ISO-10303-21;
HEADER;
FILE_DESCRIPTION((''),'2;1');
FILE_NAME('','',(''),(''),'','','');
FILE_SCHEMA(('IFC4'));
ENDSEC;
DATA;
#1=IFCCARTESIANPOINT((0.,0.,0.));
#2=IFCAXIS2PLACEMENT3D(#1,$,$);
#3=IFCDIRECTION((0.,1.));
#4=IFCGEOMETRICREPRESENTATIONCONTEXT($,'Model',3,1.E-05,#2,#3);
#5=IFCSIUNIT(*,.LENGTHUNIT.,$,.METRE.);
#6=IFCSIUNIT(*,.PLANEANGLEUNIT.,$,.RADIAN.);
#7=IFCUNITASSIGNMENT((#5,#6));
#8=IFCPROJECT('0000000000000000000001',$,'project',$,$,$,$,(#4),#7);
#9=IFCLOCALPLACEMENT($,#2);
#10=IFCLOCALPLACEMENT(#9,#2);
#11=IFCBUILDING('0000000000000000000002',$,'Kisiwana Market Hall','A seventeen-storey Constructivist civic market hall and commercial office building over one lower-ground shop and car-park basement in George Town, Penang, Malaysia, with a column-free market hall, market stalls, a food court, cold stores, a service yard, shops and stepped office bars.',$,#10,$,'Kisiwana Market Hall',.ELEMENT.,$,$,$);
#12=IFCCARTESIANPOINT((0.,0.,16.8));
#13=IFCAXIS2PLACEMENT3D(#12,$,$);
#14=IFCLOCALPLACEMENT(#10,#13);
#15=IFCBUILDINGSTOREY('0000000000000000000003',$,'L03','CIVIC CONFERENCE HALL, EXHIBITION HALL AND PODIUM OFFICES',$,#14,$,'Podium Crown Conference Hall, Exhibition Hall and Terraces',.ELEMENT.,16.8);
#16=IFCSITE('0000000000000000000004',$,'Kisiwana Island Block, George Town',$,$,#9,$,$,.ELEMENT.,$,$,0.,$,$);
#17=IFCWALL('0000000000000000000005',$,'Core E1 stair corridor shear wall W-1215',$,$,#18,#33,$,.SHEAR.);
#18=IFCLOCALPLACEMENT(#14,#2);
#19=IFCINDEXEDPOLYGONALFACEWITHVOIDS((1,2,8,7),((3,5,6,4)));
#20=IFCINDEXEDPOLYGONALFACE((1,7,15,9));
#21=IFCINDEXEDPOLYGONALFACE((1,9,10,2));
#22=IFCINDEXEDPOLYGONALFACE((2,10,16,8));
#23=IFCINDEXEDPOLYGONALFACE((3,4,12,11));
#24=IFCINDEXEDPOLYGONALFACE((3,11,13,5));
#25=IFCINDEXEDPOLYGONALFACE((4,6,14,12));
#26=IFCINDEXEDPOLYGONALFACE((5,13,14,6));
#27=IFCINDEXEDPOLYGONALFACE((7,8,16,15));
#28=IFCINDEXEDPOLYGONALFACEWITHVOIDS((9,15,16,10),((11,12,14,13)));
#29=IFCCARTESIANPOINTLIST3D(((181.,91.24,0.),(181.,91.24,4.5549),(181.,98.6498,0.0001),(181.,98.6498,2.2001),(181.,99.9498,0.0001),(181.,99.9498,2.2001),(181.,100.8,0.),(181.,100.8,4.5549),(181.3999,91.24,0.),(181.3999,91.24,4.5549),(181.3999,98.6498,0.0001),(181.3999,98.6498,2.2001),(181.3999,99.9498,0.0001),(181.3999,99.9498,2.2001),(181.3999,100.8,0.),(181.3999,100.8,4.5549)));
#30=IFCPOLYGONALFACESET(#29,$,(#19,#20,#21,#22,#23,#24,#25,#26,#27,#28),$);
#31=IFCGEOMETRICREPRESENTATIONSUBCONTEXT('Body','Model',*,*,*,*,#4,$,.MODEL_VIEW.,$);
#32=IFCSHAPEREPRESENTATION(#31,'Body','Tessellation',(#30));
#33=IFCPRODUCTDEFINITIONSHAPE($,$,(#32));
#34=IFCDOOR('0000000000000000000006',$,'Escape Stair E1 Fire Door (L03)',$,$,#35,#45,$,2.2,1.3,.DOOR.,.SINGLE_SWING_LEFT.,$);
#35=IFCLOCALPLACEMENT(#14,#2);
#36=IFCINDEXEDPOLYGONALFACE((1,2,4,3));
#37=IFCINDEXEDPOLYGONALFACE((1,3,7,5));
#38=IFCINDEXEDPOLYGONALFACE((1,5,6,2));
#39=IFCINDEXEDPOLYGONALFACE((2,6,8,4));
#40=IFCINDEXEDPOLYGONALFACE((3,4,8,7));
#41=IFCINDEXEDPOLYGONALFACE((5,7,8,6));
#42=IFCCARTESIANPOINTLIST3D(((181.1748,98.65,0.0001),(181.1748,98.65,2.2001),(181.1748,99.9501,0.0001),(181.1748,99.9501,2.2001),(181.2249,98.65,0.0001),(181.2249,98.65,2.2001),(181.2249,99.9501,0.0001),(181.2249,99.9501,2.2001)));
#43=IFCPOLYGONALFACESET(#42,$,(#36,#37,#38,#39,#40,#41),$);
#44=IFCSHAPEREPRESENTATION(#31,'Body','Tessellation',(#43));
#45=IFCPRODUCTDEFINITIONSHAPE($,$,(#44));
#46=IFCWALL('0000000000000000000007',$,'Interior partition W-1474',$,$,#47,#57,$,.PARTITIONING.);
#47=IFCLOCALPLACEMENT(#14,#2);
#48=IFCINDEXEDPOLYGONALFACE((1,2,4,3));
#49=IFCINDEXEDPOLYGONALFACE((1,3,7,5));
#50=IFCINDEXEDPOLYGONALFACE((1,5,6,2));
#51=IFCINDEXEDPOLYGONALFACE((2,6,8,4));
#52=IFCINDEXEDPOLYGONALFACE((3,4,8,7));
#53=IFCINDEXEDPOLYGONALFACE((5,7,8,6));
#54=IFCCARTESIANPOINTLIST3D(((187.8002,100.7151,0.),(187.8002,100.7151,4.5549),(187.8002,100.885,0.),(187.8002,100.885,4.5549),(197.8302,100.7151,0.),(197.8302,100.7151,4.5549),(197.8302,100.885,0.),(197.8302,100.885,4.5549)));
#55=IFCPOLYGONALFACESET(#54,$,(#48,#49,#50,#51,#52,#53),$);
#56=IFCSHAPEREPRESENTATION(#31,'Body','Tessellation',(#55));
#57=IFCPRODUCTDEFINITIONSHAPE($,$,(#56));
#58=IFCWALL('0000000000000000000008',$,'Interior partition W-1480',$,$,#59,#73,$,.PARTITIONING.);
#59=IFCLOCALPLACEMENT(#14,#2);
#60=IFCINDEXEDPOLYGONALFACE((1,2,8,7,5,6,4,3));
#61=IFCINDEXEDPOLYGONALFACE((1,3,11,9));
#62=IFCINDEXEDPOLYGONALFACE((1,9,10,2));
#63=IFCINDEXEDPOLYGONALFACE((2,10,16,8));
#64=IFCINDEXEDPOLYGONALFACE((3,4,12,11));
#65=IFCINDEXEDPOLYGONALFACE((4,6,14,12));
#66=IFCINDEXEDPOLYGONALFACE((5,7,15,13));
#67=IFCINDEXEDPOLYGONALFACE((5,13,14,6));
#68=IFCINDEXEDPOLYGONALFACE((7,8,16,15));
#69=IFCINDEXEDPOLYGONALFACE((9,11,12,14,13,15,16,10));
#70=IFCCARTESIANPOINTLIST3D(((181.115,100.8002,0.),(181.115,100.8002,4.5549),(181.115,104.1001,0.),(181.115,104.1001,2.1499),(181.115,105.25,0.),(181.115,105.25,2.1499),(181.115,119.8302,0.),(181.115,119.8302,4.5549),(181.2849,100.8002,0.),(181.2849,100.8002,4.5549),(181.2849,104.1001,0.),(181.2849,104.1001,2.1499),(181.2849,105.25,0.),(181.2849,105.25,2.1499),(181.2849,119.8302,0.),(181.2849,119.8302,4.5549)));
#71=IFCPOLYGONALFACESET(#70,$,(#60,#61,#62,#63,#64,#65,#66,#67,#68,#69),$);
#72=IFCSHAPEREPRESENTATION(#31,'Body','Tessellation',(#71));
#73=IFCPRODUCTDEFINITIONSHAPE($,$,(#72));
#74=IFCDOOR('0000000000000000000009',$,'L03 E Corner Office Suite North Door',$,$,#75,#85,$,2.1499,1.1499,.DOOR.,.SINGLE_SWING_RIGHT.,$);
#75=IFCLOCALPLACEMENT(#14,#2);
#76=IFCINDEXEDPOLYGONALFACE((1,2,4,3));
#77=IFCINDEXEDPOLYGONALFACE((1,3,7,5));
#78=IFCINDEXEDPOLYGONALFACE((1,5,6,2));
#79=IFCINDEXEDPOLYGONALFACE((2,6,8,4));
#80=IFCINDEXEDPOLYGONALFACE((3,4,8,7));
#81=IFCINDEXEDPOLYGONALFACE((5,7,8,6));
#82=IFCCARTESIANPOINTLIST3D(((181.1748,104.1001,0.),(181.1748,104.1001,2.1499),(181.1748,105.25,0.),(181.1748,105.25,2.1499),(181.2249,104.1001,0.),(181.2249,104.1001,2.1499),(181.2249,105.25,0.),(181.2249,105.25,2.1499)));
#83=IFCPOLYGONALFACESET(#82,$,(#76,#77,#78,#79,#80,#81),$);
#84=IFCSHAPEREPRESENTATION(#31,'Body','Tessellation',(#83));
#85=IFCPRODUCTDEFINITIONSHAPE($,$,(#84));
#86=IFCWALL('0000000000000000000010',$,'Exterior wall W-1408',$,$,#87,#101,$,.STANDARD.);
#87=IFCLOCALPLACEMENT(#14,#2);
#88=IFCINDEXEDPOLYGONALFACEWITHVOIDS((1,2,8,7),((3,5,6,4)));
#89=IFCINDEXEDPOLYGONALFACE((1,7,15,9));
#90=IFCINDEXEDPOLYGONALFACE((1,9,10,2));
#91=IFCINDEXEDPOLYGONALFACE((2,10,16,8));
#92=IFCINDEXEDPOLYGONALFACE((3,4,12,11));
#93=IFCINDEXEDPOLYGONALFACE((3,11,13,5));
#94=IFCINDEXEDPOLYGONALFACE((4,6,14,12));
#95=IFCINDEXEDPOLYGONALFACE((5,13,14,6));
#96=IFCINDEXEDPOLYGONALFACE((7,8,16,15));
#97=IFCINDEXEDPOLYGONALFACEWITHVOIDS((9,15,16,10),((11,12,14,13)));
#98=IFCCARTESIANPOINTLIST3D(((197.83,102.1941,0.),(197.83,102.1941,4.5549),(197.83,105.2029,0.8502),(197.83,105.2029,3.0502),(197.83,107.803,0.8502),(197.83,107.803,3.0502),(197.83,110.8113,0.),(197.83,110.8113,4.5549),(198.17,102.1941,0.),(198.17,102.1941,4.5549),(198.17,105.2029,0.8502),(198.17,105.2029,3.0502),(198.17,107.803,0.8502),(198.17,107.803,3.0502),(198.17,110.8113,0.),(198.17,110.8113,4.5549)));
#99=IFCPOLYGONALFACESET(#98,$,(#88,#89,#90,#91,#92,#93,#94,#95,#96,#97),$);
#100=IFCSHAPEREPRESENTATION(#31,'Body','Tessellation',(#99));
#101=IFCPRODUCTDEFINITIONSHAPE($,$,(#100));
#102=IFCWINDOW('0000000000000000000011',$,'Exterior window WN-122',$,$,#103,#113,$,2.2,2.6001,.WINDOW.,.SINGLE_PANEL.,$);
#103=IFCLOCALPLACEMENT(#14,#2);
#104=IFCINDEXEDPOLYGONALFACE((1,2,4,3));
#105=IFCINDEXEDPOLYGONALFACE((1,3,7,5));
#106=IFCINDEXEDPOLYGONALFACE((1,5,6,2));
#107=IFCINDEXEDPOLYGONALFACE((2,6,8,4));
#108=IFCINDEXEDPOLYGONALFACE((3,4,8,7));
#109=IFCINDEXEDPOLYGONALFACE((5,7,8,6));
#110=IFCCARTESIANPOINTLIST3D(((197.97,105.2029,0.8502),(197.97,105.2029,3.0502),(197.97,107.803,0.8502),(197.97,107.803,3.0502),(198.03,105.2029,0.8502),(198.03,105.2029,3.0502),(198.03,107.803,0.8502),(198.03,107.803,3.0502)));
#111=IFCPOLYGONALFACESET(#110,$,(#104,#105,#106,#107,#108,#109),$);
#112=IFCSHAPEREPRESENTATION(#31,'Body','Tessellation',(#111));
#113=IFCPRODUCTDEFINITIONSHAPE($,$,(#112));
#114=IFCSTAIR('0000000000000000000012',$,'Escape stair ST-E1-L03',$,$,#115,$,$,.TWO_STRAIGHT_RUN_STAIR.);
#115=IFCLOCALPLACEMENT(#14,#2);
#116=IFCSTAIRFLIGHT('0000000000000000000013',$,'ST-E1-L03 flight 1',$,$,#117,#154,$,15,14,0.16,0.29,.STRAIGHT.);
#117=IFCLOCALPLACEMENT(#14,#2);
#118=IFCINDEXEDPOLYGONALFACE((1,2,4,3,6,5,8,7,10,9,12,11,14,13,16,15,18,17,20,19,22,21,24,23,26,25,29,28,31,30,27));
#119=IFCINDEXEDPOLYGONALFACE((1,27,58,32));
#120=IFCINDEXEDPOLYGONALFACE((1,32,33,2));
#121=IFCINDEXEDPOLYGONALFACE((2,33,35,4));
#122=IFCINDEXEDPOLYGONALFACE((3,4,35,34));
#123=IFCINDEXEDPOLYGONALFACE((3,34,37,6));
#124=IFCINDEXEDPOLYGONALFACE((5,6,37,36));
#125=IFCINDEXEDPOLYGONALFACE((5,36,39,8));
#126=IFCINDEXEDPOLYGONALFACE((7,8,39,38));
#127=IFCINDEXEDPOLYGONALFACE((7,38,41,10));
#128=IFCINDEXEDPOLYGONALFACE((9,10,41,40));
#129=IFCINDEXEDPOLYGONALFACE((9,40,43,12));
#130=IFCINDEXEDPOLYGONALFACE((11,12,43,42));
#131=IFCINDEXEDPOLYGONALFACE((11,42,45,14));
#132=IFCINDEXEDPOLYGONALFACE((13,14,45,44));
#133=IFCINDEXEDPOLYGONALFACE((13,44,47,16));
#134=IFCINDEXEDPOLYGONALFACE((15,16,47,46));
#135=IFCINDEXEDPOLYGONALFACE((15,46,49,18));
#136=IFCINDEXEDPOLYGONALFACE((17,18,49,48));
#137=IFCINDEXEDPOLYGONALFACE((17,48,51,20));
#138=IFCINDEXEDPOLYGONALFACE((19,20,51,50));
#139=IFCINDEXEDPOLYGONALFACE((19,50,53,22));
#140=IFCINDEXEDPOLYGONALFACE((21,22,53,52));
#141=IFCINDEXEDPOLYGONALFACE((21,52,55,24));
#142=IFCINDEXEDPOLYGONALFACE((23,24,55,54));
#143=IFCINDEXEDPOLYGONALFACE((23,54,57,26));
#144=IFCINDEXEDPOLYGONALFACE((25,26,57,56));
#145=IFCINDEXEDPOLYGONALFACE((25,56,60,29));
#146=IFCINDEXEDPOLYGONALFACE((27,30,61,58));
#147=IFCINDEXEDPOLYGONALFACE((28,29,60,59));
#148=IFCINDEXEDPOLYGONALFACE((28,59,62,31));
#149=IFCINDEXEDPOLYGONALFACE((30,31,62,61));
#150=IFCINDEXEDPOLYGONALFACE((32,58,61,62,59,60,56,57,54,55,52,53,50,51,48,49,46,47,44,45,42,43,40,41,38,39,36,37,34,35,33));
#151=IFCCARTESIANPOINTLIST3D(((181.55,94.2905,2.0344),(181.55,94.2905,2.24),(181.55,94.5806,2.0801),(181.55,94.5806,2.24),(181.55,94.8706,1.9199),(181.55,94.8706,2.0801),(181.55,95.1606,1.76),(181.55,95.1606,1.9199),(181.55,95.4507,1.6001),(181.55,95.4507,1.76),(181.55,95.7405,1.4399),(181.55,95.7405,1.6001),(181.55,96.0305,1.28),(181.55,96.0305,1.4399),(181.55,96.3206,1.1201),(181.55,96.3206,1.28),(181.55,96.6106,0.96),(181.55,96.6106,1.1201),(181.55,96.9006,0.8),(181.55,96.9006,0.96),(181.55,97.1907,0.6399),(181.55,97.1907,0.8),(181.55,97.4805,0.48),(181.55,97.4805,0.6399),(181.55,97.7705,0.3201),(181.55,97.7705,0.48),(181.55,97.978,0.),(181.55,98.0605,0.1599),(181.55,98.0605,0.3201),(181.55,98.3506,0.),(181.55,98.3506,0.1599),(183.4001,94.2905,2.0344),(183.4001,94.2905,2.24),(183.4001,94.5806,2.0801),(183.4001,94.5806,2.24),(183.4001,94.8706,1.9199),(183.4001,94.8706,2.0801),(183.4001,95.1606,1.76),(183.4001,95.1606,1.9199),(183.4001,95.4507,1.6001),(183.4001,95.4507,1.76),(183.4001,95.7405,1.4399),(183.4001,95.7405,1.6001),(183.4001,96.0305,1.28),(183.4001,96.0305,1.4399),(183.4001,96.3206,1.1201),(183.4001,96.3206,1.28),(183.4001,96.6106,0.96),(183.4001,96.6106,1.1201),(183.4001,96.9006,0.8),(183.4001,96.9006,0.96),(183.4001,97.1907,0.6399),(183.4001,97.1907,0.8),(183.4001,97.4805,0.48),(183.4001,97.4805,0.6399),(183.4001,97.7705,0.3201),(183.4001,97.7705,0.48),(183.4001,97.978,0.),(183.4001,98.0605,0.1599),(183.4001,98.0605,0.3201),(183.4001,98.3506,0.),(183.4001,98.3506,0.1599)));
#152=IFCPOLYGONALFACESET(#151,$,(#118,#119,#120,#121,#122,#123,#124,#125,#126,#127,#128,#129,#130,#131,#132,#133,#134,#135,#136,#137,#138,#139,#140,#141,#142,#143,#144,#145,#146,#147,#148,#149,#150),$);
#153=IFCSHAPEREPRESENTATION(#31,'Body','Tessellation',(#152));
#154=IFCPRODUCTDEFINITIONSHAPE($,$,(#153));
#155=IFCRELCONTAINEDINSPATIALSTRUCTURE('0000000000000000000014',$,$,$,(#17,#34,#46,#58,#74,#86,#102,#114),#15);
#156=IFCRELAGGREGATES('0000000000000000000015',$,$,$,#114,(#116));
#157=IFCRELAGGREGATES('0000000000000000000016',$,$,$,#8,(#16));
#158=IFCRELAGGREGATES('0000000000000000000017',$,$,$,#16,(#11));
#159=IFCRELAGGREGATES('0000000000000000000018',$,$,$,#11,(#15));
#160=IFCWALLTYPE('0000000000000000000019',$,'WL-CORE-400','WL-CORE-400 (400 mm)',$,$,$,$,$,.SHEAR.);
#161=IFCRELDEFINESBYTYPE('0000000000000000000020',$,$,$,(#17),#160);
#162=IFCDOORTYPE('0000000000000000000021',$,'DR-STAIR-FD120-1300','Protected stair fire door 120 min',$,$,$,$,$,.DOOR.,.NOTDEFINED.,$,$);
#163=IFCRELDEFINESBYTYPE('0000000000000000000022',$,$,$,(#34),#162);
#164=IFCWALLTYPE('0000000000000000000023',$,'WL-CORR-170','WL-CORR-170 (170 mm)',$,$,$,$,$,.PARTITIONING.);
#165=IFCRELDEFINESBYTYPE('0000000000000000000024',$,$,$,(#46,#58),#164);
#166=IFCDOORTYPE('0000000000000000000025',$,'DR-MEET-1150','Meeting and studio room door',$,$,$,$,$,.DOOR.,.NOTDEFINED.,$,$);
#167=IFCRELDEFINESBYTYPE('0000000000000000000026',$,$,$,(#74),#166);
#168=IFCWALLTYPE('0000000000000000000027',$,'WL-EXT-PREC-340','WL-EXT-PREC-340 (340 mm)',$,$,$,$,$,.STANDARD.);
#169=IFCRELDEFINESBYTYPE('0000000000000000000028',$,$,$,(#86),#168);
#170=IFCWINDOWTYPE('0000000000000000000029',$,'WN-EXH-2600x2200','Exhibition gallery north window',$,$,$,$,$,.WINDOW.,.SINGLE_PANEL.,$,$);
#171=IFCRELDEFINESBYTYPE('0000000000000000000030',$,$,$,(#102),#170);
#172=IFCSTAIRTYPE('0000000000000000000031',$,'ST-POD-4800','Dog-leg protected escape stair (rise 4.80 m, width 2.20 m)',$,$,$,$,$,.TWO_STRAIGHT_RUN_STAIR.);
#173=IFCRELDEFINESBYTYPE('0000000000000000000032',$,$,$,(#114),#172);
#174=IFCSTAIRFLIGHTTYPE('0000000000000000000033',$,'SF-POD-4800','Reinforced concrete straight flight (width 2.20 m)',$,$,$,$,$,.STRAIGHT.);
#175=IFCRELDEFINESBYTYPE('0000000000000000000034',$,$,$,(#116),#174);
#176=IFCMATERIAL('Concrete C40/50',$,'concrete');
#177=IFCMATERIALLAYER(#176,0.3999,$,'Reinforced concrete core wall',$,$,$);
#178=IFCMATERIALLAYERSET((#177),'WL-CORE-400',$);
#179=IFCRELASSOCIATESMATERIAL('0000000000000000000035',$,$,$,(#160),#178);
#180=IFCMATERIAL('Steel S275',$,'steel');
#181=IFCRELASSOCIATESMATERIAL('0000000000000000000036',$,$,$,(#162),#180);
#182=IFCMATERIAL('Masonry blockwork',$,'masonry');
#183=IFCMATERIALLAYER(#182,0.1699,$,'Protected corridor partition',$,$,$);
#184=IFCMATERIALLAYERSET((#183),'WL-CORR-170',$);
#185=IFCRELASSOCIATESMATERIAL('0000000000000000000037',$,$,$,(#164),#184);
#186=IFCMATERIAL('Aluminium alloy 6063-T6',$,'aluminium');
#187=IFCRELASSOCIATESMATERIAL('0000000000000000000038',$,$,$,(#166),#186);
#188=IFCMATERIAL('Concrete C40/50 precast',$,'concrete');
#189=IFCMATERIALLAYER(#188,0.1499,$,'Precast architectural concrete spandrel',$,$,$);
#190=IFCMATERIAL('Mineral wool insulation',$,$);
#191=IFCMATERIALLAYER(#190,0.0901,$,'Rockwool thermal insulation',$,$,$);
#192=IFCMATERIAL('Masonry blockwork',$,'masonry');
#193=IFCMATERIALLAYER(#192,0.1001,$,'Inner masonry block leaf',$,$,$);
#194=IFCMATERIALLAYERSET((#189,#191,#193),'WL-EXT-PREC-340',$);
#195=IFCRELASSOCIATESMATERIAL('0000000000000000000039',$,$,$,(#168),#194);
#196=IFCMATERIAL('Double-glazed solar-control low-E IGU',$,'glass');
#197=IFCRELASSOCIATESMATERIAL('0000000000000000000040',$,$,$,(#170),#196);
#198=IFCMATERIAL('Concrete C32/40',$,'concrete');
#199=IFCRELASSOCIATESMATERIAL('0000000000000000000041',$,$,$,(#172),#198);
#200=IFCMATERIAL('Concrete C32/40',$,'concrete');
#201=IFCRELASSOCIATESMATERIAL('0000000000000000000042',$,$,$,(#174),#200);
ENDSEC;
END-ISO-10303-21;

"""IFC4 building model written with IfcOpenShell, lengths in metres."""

from ifc_helpers import new_model, si_unit, direction, frame, frame_2d, origin, place, context, subcontext, project, spatial, polyline, rectangle, outline, extrude, material, layer, layer_set, type_object, element, fill, aggregate, save


model = new_model("IFC4")

# Units and contexts
model_context = context("Model", 3, precision=1e-05, world=origin(), true_north=direction((0.0, 1.0)))
body_context = subcontext(model_context, "Body", "Model", "MODEL_VIEW")
ifc_project = project(units=[si_unit("LENGTHUNIT", "METRE"), si_unit("PLANEANGLEUNIT", "RADIAN")], contexts=[model_context])

# Site, building, storey
site_placement = place(None, origin())
site = spatial("IfcSite", under=ifc_project, at=site_placement, Name="Kisiwana Island Block, George Town", CompositionType="ELEMENT", RefElevation=0.0)
building_placement = place(site_placement, origin())
building = spatial("IfcBuilding", under=site, at=building_placement, Name="Kisiwana Market Hall", Description="A seventeen-storey Constructivist civic market hall and commercial office building over one lower-ground shop and car-park basement in George Town, Penang, Malaysia, with a column-free market hall, market stalls, a food court, cold stores, a service yard, shops and stepped office bars.", LongName="Kisiwana Market Hall", CompositionType="ELEMENT")
storey_placement = place(building_placement, frame((0.0, 0.0, 16.8)))
storey = spatial("IfcBuildingStorey", under=building, at=storey_placement, Name="L03", Description="CIVIC CONFERENCE HALL, EXHIBITION HALL AND PODIUM OFFICES", LongName="Podium Crown Conference Hall, Exhibition Hall and Terraces", CompositionType="ELEMENT", Elevation=16.8)

# Shared definitions
ifc_material_1 = material(Name="Concrete C40/50", Category="concrete")
ifc_layer_1 = layer(ifc_material_1, 0.3999, Name="Reinforced concrete core wall")
ifc_layer_set_1 = layer_set([ifc_layer_1], Name="WL-CORE-400")
wall_type_1 = type_object("IfcWallType", Name="WL-CORE-400", Description="WL-CORE-400 (400 mm)", PredefinedType="SHEAR", material=ifc_layer_set_1)

# Wall, opening, door
wall_1_placement = place(storey_placement, frame((181.2, 91.24, 0.0), z_axis=(0.0, 0.0, 1.0), x_axis=(0.0, 1.0, 0.0)))
wall_1 = element("IfcWall", 1, at=wall_1_placement, inside=storey, type_object=wall_type_1, Name="Core E1 stair corridor shear wall W-1215", PredefinedType="SHEAR", context=body_context, shape_type="SweptSolid", body=[
    extrude(rectangle(XDim=9.5601, YDim=0.3999, at=frame_2d((4.78, 0.0))), origin(), (0.0, 0.0, 1.0), 4.5549),
])
opening_1_placement = place(wall_1_placement, frame((7.4099, 0.0, 0.0)))
opening_1 = element("IfcOpeningElement", 2, at=opening_1_placement, cuts=wall_1, PredefinedType="OPENING", context=body_context, shape_type="SweptSolid", body=[
    extrude(rectangle(XDim=1.3, YDim=2.2, at=frame_2d((0.6499, 1.1001))), frame((0.0, 0.2119, 0.0), z_axis=(0.0, -1.0, 0.0), x_axis=(1.0, 0.0, 0.0)), (0.0, 0.0, 1.0), 0.4238),
])
ifc_material_2 = material(Name="Steel S275", Category="steel")
door_type_1 = type_object("IfcDoorType", Name="DR-STAIR-FD120-1300", Description="Protected stair fire door 120 min", OperationType="NOTDEFINED", PredefinedType="DOOR", material=ifc_material_2)
door_1_placement = place(opening_1_placement, frame((1.3, 0.0, 0.0), z_axis=(0.0, 0.0, 1.0), x_axis=(-1.0, 0.0, 0.0)))
door_1 = element("IfcDoor", 3, at=door_1_placement, inside=storey, type_object=door_type_1, Name="Escape Stair E1 Fire Door (L03)", OperationType="SINGLE_SWING_LEFT", OverallHeight=2.2, OverallWidth=1.3, PredefinedType="DOOR", context=body_context, shape_type="SweptSolid", body=[
    extrude(rectangle(XDim=1.3, YDim=2.2, at=frame_2d((0.6499, 1.1001))), frame((0.0, 0.0249, 0.0), z_axis=(0.0, -1.0, 0.0), x_axis=(1.0, 0.0, 0.0)), (0.0, 0.0, 1.0), 0.05),
])
fill(opening_1, door_1)

# Wall
ifc_material_3 = material(Name="Masonry blockwork", Category="masonry")
ifc_layer_2 = layer(ifc_material_3, 0.1699, Name="Protected corridor partition")
ifc_layer_set_2 = layer_set([ifc_layer_2], Name="WL-CORR-170")
wall_type_2 = type_object("IfcWallType", Name="WL-CORR-170", Description="WL-CORR-170 (170 mm)", PredefinedType="PARTITIONING", material=ifc_layer_set_2)
wall_2_placement = place(storey_placement, frame((187.8, 100.8, 0.0), z_axis=(0.0, 0.0, 1.0), x_axis=(1.0, 0.0, 0.0)))
element("IfcWall", 4, at=wall_2_placement, inside=storey, type_object=wall_type_2, Name="Interior partition W-1474", PredefinedType="PARTITIONING", context=body_context, shape_type="SweptSolid", body=[
    extrude(rectangle(XDim=10.03, YDim=0.1699, at=frame_2d((5.0151, 0.0))), origin(), (0.0, 0.0, 1.0), 4.5549),
])

# Wall, opening, door
wall_3_placement = place(storey_placement, frame((181.2, 100.8, 0.0), z_axis=(0.0, 0.0, 1.0), x_axis=(0.0, 1.0, 0.0)))
wall_3 = element("IfcWall", 5, at=wall_3_placement, inside=storey, type_object=wall_type_2, Name="Interior partition W-1480", PredefinedType="PARTITIONING", context=body_context, shape_type="SweptSolid", body=[
    extrude(rectangle(XDim=19.03, YDim=0.1699, at=frame_2d((9.5151, 0.0))), origin(), (0.0, 0.0, 1.0), 4.5549),
])
opening_2_placement = place(wall_3_placement, frame((3.3, 0.0, 0.0)))
opening_2 = element("IfcOpeningElement", 6, at=opening_2_placement, cuts=wall_3, PredefinedType="OPENING", context=body_context, shape_type="SweptSolid", body=[
    extrude(rectangle(XDim=1.1499, YDim=2.1499, at=frame_2d((0.575, 1.075))), frame((0.0, 0.0969, 0.0), z_axis=(0.0, -1.0, 0.0), x_axis=(1.0, 0.0, 0.0)), (0.0, 0.0, 1.0), 0.1938),
])
ifc_material_4 = material(Name="Aluminium alloy 6063-T6", Category="aluminium")
door_type_2 = type_object("IfcDoorType", Name="DR-MEET-1150", Description="Meeting and studio room door", OperationType="NOTDEFINED", PredefinedType="DOOR", material=ifc_material_4)
door_2_placement = place(opening_2_placement, frame((1.1499, 0.0, 0.0), z_axis=(0.0, 0.0, 1.0), x_axis=(-1.0, 0.0, 0.0)))
door_2 = element("IfcDoor", 7, at=door_2_placement, inside=storey, type_object=door_type_2, Name="L03 E Corner Office Suite North Door", OperationType="SINGLE_SWING_RIGHT", OverallHeight=2.1499, OverallWidth=1.1499, PredefinedType="DOOR", context=body_context, shape_type="SweptSolid", body=[
    extrude(rectangle(XDim=1.1499, YDim=2.1499, at=frame_2d((0.575, 1.075))), frame((0.0, 0.0249, 0.0), z_axis=(0.0, -1.0, 0.0), x_axis=(1.0, 0.0, 0.0)), (0.0, 0.0, 1.0), 0.05),
])
fill(opening_2, door_2)

# Wall, opening, window
ifc_material_5 = material(Name="Concrete C40/50 precast", Category="concrete")
ifc_layer_3 = layer(ifc_material_5, 0.1499, Name="Precast architectural concrete spandrel")
ifc_material_6 = material(Name="Mineral wool insulation")
ifc_layer_4 = layer(ifc_material_6, 0.0901, Name="Rockwool thermal insulation")
ifc_material_7 = material(Name="Masonry blockwork", Category="masonry")
ifc_layer_5 = layer(ifc_material_7, 0.1001, Name="Inner masonry block leaf")
ifc_layer_set_3 = layer_set([ifc_layer_3, ifc_layer_4, ifc_layer_5], Name="WL-EXT-PREC-340")
wall_type_3 = type_object("IfcWallType", Name="WL-EXT-PREC-340", Description="WL-EXT-PREC-340 (340 mm)", PredefinedType="STANDARD", material=ifc_layer_set_3)
wall_4_placement = place(storey_placement, frame((198.0, 102.1941, 0.0), z_axis=(0.0, 0.0, 1.0), x_axis=(0.0, 1.0, 0.0)))
wall_4 = element("IfcWall", 8, at=wall_4_placement, inside=storey, type_object=wall_type_3, Name="Exterior wall W-1408", PredefinedType="STANDARD", context=body_context, shape_type="SweptSolid", body=[
    extrude(rectangle(XDim=8.6172, YDim=0.3401, at=frame_2d((4.3086, 0.0))), origin(), (0.0, 0.0, 1.0), 4.5549),
])
opening_3_placement = place(wall_4_placement, frame((3.0088, 0.0, 0.8501)))
opening_3 = element("IfcOpeningElement", 9, at=opening_3_placement, cuts=wall_4, PredefinedType="OPENING", context=body_context, shape_type="SweptSolid", body=[
    extrude(rectangle(XDim=2.6001, YDim=2.2, at=frame_2d((1.3, 1.1001))), frame((0.0, 0.1821, 0.0), z_axis=(0.0, -1.0, 0.0), x_axis=(1.0, 0.0, 0.0)), (0.0, 0.0, 1.0), 0.364),
])
ifc_material_8 = material(Name="Double-glazed solar-control low-E IGU", Category="glass")
window_type = type_object("IfcWindowType", Name="WN-EXH-2600x2200", Description="Exhibition gallery north window", PartitioningType="SINGLE_PANEL", PredefinedType="WINDOW", material=ifc_material_8)
window_placement = place(opening_3_placement, origin())
window = element("IfcWindow", 10, at=window_placement, inside=storey, type_object=window_type, Name="Exterior window WN-122", OverallHeight=2.2, OverallWidth=2.6001, PartitioningType="SINGLE_PANEL", PredefinedType="WINDOW", context=body_context, shape_type="SweptSolid", body=[
    extrude(rectangle(XDim=2.6001, YDim=2.2, at=frame_2d((1.3, 1.1001))), frame((0.0, 0.03, 0.0), z_axis=(0.0, -1.0, 0.0), x_axis=(1.0, 0.0, 0.0)), (0.0, 0.0, 1.0), 0.0601),
])
fill(opening_3, window)

# Stair, stair flight
ifc_material_9 = material(Name="Concrete C32/40", Category="concrete")
stair_type = type_object("IfcStairType", Name="ST-POD-4800", Description="Dog-leg protected escape stair (rise 4.80 m, width 2.20 m)", PredefinedType="TWO_STRAIGHT_RUN_STAIR", material=ifc_material_9)
stair_placement = place(storey_placement, origin())
stair = element("IfcStair", 11, at=stair_placement, inside=storey, type_object=stair_type, Name="Escape stair ST-E1-L03", PredefinedType="TWO_STRAIGHT_RUN_STAIR")
ifc_material_10 = material(Name="Concrete C32/40", Category="concrete")
stair_flight_type = type_object("IfcStairFlightType", Name="SF-POD-4800", Description="Reinforced concrete straight flight (width 2.20 m)", PredefinedType="STRAIGHT", material=ifc_material_10)
stair_flight_1_placement = place(storey_placement, frame((182.4751, 98.3506, 0.0), z_axis=(0.0, 0.0, 1.0), x_axis=(0.0, -1.0, 0.0)))
stair_flight_1 = element("IfcStairFlight", 12, at=stair_flight_1_placement, type_object=stair_flight_type, Name="ST-E1-L03 flight 1", NumberOfRisers=15, NumberOfTreads=14, PredefinedType="STRAIGHT", RiserHeight=0.16, TreadLength=0.29, context=body_context, shape_type="SweptSolid", body=[
    extrude(outline(polyline([(0.0, 0.0), (0.0, 0.1599), (0.29, 0.1599), (0.29, 0.3201), (0.5801, 0.3201), (0.5801, 0.48), (0.8701, 0.48), (0.8701, 0.6399), (1.1599, 0.6399), (1.1599, 0.8), (1.45, 0.8), (1.45, 0.96), (1.74, 0.96), (1.74, 1.1201), (2.03, 1.1201), (2.03, 1.28), (2.3201, 1.28), (2.3201, 1.4399), (2.6101, 1.4399), (2.6101, 1.6001), (2.8999, 1.6001), (2.8999, 1.76), (3.1899, 1.76), (3.1899, 1.9199), (3.48, 1.9199), (3.48, 2.0801), (3.77, 2.0801), (3.77, 2.24), (4.0601, 2.24), (4.0601, 2.3999), (4.0601, 2.0344), (0.3726, 0.0), (0.0, 0.0)])), frame((0.0, 0.925, 0.0), z_axis=(0.0, -1.0, 0.0), x_axis=(1.0, 0.0, 0.0)), (0.0, 0.0, 1.0), 1.8501),
])
aggregate(stair, [stair_flight_1])

save(model, "model.ifc")
